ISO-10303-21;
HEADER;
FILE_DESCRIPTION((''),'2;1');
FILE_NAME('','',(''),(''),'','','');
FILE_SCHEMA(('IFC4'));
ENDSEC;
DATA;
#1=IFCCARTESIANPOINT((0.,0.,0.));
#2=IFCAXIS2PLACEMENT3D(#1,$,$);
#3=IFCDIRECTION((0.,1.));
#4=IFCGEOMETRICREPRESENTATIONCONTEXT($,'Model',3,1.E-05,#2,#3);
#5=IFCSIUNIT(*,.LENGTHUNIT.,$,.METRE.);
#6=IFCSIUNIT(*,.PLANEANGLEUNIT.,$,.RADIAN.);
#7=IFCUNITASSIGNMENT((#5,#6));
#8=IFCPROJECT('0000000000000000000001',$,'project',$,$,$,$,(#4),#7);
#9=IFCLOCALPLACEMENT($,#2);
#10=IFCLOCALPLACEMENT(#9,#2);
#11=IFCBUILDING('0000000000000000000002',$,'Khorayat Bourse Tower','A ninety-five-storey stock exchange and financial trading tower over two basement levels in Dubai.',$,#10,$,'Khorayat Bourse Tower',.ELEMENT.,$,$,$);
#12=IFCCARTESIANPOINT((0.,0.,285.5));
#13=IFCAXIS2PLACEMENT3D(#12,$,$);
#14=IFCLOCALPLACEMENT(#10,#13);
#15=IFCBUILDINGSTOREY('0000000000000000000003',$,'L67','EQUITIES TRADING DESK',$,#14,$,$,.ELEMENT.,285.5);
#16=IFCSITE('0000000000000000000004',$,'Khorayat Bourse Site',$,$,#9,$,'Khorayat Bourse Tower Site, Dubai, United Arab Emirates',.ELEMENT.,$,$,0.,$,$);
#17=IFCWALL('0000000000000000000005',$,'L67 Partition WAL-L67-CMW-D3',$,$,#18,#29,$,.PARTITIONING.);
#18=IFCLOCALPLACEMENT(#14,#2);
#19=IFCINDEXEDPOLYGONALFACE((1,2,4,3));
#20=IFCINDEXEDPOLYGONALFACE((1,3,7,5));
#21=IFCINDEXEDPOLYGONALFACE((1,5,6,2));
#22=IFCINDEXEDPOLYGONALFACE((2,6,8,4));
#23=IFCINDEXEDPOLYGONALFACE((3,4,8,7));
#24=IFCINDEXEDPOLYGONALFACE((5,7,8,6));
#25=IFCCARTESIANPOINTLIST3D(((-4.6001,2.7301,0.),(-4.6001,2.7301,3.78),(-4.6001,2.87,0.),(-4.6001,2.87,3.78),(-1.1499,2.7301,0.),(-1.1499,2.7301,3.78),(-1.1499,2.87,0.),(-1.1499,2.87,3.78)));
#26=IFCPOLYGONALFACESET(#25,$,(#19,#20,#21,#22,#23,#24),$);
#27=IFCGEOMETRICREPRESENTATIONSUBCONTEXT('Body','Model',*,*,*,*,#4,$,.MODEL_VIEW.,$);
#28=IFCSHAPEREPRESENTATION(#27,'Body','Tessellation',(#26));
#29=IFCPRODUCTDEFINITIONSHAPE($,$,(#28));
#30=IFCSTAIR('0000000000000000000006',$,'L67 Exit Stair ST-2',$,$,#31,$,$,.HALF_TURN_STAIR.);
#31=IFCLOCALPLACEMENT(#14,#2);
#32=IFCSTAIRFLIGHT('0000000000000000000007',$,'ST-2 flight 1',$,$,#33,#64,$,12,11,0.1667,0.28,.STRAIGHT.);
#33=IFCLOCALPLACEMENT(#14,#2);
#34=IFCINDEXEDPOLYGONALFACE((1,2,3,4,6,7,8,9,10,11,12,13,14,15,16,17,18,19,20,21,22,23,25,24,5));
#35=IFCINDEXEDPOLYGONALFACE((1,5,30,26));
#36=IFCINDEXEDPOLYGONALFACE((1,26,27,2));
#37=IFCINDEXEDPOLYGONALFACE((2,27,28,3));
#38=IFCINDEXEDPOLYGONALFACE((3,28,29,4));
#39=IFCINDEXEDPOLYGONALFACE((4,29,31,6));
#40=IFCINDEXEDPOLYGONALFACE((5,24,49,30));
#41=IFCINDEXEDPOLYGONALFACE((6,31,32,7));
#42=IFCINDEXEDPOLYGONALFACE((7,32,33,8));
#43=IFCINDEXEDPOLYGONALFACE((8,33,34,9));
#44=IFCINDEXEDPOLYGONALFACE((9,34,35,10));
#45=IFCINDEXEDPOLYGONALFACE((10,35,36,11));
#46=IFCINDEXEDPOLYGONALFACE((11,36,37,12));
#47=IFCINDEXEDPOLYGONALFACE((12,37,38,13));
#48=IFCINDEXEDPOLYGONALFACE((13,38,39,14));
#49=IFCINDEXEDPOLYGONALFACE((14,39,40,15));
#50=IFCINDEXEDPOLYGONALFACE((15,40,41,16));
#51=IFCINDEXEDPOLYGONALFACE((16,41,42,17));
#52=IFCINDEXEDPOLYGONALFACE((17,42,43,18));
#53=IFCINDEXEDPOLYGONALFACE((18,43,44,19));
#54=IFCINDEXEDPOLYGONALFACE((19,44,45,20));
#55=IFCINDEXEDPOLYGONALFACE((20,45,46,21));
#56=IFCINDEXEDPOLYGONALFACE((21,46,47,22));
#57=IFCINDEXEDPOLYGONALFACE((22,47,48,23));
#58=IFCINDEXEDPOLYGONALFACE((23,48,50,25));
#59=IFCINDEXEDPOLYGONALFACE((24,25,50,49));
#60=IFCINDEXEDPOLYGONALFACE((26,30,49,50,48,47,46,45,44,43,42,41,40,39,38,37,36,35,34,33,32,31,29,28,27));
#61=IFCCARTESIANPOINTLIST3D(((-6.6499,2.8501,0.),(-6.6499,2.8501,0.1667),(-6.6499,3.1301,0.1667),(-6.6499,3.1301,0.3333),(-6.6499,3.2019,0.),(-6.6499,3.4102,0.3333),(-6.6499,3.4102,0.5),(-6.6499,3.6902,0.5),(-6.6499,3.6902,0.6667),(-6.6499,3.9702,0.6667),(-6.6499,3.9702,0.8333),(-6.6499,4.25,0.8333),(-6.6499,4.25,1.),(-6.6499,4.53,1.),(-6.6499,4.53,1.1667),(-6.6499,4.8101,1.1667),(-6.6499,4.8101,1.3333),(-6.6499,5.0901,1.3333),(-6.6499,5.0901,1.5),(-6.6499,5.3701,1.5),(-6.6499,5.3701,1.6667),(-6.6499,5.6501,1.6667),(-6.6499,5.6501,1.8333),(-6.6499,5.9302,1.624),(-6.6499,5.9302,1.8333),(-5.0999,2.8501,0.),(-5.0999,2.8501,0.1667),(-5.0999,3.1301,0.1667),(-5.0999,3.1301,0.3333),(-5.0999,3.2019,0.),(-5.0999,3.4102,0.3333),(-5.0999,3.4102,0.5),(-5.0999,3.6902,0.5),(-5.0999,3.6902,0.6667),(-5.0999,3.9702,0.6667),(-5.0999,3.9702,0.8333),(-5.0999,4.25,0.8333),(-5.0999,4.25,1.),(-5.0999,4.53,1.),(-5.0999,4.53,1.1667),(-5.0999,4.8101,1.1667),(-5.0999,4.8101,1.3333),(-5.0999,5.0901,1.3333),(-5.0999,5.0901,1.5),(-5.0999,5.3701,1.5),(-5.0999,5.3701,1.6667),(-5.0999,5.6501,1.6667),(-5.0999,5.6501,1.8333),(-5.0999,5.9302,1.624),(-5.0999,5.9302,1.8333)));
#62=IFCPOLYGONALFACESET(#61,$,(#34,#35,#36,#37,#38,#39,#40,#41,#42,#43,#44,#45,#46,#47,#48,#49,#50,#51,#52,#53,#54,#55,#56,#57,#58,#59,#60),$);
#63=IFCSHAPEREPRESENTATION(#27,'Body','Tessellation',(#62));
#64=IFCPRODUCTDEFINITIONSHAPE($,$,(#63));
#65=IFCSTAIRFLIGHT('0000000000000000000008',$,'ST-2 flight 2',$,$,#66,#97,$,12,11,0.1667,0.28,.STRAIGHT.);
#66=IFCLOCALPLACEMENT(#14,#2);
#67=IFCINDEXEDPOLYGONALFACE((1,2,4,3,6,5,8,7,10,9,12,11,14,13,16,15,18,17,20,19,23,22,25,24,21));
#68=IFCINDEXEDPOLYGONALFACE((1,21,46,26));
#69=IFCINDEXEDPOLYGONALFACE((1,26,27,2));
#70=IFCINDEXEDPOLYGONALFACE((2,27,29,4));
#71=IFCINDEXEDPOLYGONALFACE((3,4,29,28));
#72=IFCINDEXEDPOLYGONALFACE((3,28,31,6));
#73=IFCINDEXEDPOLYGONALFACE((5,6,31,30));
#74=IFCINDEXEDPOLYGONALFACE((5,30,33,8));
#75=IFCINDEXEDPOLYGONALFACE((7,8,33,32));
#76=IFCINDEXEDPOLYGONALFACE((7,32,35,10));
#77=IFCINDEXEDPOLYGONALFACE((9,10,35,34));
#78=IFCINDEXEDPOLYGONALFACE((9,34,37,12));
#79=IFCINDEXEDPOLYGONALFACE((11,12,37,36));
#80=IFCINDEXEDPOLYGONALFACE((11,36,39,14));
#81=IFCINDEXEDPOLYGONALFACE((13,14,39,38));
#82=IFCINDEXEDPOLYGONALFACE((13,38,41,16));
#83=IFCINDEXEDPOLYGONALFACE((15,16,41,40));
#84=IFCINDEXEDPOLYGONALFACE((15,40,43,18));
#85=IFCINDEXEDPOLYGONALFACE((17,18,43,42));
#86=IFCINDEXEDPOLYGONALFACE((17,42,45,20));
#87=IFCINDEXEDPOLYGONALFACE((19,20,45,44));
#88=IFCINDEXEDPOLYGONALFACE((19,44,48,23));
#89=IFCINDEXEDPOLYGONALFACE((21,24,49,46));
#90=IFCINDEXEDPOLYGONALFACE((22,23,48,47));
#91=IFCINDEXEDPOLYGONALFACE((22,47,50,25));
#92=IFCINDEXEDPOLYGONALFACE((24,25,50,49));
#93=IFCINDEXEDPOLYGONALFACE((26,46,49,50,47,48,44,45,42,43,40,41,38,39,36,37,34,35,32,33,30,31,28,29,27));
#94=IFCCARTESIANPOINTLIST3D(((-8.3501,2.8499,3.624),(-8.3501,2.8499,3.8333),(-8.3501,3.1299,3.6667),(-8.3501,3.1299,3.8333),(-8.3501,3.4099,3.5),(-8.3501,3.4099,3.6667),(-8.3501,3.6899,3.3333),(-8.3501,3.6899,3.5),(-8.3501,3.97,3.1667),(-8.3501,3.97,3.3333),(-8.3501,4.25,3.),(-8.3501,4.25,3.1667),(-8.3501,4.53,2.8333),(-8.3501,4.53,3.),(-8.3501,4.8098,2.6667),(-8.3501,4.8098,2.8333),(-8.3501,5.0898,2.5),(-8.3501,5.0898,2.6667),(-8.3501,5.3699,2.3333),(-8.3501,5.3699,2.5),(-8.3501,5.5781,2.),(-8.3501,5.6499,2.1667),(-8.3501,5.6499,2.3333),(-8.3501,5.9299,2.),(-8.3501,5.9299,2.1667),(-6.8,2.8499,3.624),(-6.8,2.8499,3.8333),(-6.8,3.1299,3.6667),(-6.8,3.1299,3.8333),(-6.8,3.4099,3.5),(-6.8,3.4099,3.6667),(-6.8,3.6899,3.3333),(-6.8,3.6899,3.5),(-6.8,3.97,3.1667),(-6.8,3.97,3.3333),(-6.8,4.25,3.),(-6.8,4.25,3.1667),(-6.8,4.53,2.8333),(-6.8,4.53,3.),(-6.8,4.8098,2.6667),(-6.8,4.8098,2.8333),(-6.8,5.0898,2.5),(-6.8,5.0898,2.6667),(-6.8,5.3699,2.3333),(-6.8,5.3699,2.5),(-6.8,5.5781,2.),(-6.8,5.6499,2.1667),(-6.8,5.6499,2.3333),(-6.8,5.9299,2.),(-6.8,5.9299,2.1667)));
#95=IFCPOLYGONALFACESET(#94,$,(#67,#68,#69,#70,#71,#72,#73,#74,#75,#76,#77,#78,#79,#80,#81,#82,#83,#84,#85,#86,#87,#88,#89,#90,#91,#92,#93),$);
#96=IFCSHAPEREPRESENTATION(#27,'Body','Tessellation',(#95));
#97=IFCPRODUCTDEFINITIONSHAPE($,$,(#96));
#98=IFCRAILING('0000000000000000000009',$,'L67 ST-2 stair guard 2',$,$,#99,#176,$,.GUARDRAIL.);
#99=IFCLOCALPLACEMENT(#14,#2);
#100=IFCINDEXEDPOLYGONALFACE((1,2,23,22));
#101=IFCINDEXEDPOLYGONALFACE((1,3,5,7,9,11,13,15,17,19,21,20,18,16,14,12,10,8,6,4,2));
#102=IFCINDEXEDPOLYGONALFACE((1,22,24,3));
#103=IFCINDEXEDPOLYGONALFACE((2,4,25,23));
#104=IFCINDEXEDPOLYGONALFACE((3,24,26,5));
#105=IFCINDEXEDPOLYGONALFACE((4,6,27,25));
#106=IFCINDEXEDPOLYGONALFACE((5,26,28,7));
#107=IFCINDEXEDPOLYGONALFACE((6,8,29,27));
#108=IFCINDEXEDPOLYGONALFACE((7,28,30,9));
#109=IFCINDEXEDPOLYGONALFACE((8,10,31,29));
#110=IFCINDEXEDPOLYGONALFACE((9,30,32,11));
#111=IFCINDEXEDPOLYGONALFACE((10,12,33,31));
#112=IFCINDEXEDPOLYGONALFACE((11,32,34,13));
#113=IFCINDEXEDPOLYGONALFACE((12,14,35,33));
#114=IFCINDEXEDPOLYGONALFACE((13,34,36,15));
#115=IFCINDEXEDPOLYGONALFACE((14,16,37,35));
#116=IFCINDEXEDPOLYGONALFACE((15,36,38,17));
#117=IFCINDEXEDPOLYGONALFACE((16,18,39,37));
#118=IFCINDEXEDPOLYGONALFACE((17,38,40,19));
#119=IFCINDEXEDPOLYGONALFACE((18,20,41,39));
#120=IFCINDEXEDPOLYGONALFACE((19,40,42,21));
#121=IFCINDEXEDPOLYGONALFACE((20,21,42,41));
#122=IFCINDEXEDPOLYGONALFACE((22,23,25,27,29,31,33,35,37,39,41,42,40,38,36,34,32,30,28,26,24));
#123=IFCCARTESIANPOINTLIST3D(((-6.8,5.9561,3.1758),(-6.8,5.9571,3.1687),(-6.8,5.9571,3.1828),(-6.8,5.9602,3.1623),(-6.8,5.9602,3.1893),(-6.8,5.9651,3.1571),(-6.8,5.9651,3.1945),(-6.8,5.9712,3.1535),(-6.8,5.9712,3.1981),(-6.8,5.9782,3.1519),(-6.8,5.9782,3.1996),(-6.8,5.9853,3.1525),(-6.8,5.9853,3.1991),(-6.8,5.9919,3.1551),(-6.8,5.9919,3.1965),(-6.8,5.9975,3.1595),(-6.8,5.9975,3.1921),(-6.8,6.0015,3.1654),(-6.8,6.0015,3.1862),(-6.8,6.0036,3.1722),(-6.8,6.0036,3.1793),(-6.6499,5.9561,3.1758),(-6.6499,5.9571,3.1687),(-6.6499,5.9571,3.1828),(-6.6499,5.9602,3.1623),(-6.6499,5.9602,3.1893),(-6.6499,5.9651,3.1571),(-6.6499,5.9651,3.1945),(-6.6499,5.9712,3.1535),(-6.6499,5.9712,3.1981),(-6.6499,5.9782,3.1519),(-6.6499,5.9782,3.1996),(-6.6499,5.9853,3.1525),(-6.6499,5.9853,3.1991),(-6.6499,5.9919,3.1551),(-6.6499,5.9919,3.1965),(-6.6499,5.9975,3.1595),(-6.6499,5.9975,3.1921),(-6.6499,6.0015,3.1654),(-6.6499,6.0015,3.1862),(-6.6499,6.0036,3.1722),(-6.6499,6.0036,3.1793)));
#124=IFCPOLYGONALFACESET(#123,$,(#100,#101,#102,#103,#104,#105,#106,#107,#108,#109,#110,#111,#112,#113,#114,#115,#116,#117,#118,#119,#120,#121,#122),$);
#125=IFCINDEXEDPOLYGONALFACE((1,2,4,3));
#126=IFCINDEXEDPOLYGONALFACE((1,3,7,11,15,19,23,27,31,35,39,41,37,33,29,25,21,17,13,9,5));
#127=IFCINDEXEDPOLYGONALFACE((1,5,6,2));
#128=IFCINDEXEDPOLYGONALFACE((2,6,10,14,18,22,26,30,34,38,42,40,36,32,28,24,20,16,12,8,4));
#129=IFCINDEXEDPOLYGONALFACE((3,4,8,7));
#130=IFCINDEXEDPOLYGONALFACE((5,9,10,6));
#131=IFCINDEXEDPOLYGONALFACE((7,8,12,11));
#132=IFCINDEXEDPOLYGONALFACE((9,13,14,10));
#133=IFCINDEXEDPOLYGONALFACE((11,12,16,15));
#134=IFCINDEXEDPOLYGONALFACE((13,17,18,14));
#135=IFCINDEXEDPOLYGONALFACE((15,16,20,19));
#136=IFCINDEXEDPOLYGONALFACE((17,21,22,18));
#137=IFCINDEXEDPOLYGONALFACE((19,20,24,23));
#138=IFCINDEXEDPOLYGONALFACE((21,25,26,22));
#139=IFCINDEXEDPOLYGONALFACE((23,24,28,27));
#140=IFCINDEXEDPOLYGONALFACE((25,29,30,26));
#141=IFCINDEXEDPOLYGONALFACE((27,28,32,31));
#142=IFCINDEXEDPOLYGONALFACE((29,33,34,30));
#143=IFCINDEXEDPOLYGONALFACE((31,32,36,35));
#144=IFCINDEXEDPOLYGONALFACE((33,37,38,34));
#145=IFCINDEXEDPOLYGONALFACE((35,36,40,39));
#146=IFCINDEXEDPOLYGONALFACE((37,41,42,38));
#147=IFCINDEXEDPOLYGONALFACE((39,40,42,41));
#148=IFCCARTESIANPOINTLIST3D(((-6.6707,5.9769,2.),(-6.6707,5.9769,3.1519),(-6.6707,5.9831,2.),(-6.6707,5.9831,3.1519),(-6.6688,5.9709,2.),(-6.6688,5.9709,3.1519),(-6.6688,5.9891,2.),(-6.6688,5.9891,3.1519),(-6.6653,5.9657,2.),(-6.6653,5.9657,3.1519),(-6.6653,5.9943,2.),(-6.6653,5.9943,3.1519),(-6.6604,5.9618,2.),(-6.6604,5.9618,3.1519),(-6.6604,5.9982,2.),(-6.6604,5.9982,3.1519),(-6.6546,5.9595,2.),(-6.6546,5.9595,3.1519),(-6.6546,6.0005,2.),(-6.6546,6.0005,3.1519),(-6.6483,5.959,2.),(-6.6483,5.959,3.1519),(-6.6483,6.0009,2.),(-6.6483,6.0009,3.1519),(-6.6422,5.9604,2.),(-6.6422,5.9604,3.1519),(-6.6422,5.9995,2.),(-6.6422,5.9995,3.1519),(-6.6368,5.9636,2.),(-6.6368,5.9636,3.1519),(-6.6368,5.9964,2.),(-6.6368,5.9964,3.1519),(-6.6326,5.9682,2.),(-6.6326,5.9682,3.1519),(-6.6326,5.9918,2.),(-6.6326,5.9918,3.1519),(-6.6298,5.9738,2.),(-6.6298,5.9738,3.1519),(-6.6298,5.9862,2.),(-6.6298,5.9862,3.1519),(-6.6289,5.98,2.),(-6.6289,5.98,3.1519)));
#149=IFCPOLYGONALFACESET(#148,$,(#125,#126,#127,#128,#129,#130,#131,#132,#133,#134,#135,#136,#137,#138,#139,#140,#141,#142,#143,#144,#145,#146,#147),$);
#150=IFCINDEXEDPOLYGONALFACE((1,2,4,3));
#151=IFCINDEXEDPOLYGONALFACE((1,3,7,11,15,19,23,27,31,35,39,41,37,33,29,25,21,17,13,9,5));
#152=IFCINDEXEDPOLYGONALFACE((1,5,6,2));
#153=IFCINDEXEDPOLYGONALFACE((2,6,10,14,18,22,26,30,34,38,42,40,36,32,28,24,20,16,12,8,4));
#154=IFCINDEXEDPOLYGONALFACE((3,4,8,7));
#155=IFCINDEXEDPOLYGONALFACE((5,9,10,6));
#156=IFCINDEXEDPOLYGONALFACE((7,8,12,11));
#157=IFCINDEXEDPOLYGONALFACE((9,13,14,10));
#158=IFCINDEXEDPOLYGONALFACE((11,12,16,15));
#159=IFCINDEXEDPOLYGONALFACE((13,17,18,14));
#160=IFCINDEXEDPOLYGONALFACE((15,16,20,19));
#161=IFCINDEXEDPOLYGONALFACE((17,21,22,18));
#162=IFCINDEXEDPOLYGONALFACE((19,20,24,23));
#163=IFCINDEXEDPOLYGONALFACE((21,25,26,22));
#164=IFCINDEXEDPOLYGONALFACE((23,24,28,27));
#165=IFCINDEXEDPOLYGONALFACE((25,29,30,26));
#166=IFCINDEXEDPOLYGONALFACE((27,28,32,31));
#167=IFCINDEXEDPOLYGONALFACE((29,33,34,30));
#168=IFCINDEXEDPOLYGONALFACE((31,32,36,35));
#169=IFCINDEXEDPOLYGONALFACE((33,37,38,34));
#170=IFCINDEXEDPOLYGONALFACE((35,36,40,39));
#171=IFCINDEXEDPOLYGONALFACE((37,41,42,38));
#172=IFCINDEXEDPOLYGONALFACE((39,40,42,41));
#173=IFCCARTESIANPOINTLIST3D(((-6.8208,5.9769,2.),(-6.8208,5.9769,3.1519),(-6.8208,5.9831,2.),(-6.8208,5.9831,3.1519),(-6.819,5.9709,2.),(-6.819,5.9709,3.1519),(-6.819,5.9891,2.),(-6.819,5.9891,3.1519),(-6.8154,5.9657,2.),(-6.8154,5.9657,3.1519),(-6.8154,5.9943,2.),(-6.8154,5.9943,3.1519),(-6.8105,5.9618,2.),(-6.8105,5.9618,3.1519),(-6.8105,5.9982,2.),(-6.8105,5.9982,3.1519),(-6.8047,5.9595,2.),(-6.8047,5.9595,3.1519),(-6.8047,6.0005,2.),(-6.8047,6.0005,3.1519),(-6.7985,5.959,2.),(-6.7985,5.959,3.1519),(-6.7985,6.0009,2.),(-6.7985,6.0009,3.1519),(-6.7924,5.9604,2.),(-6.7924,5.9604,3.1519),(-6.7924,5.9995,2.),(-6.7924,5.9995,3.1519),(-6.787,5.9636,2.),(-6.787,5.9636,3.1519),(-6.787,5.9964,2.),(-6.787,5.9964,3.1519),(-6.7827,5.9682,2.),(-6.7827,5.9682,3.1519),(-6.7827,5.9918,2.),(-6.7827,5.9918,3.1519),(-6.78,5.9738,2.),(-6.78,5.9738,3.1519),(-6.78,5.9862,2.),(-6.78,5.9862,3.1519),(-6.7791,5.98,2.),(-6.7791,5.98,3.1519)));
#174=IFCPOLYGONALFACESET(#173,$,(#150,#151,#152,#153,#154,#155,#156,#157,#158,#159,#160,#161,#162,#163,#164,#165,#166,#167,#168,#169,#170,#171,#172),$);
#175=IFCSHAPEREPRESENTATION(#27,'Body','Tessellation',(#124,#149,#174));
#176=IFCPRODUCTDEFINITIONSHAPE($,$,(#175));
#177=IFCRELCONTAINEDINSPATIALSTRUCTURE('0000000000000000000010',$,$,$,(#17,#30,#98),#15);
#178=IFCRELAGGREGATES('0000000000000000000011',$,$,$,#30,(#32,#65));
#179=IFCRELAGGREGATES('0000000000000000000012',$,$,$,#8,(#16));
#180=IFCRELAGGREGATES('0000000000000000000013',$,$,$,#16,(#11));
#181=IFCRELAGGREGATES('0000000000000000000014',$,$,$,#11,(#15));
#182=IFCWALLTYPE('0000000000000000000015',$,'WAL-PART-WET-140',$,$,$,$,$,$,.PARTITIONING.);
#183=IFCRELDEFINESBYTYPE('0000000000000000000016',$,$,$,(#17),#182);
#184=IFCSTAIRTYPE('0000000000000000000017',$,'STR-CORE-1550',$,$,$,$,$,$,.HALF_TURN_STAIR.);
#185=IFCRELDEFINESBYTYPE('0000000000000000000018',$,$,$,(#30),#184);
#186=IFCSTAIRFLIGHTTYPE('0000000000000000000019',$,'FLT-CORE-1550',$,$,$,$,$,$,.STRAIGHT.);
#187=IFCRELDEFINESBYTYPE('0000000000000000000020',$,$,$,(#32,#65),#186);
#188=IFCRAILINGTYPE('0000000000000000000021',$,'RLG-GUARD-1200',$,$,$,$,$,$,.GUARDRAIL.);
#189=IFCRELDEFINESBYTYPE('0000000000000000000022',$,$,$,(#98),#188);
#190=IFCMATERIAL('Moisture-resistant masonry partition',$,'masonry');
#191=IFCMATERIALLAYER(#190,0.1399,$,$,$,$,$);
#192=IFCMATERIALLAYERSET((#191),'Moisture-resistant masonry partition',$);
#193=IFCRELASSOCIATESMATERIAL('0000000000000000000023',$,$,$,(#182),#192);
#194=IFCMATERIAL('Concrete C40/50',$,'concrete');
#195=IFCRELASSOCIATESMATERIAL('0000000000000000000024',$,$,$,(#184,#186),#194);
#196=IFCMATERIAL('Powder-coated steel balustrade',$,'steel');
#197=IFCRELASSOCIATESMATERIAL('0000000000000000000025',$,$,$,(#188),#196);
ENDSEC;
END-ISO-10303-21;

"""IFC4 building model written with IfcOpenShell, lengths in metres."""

from ifc_helpers import new_model, si_unit, direction, frame, frame_2d, origin, origin_2d, place, context, subcontext, project, spatial, polyline, rectangle, circle, outline, extrude, source, transform, mapped, material, layer, layer_set, type_object, element, aggregate, save


model = new_model("IFC4")

# Units and contexts
model_context = context("Model", 3, precision=1e-05, world=origin(), true_north=direction((0.0, 1.0)))
body_context = subcontext(model_context, "Body", "Model", "MODEL_VIEW")
ifc_project = project(units=[si_unit("LENGTHUNIT", "METRE"), si_unit("PLANEANGLEUNIT", "RADIAN")], contexts=[model_context])

# Site, building, storey
site_placement = place(None, origin())
site = spatial("IfcSite", under=ifc_project, at=site_placement, Name="Khorayat Bourse Site", LongName="Khorayat Bourse Tower Site, Dubai, United Arab Emirates", CompositionType="ELEMENT", RefElevation=0.0)
building_placement = place(site_placement, origin())
building = spatial("IfcBuilding", under=site, at=building_placement, Name="Khorayat Bourse Tower", Description="A ninety-five-storey stock exchange and financial trading tower over two basement levels in Dubai.", LongName="Khorayat Bourse Tower", CompositionType="ELEMENT")
storey_placement = place(building_placement, frame((0.0, 0.0, 285.5)))
storey = spatial("IfcBuildingStorey", under=building, at=storey_placement, Name="L67", Description="EQUITIES TRADING DESK", CompositionType="ELEMENT", Elevation=285.5)

# Wall
ifc_material_1 = material(Name="Moisture-resistant masonry partition", Category="masonry")
ifc_layer_1 = layer(ifc_material_1, 0.1399)
ifc_layer_set_1 = layer_set([ifc_layer_1], Name="Moisture-resistant masonry partition")
wall_type_1 = type_object("IfcWallType", Name="WAL-PART-WET-140", PredefinedType="PARTITIONING", material=ifc_layer_set_1)
shared_shape_1 = source(origin(), body_context, "Body", "SweptSolid", [
    extrude(rectangle(XDim=3.4502, YDim=0.1399, at=frame_2d((1.7251, 0.0))), origin(), (0.0, 0.0, 1.0), 3.78),
])
for number, where, z_axis, x_axis, name in (
    (1, (-4.6001, 2.8, 0.0), (0.0, 0.0, 1.0), (1.0, 0.0, 0.0), "L67 Partition WAL-L67-CMW-D3"),
):
    element("IfcWall", number, at=place(storey_placement, frame(where, z_axis=z_axis, x_axis=x_axis)), inside=storey, type_object=wall_type_1, Name=name, PredefinedType="PARTITIONING", context=body_context, shape_type="MappedRepresentation", body=[
        mapped(shared_shape_1, transform((0.0, 0.0, 0.0), scale=1.0)),
    ])

# Stair, stair flights
ifc_material_2 = material(Name="Concrete C40/50", Category="concrete")
stair_type = type_object("IfcStairType", Name="STR-CORE-1550", PredefinedType="HALF_TURN_STAIR", material=ifc_material_2)
stair_placement = place(storey_placement, origin())
stair = element("IfcStair", 2, at=stair_placement, inside=storey, type_object=stair_type, Name="L67 Exit Stair ST-2", PredefinedType="HALF_TURN_STAIR")
stair_flight_type = type_object("IfcStairFlightType", Name="FLT-CORE-1550", PredefinedType="STRAIGHT", material=ifc_material_2)
shared_shape_2 = source(origin(), body_context, "Body", "SweptSolid", [
    extrude(outline(polyline([(0.0, 0.0), (0.0, 0.1667), (0.28, 0.1667), (0.28, 0.3333), (0.5601, 0.3333), (0.5601, 0.5), (0.8401, 0.5), (0.8401, 0.6667), (1.1201, 0.6667), (1.1201, 0.8333), (1.3999, 0.8333), (1.3999, 1.0), (1.6799, 1.0), (1.6799, 1.1667), (1.96, 1.1667), (1.96, 1.3333), (2.24, 1.3333), (2.24, 1.5), (2.52, 1.5), (2.52, 1.6667), (2.8, 1.6667), (2.8, 1.8333), (3.0801, 1.8333), (3.0801, 2.0), (3.0801, 1.624), (0.3518, 0.0), (0.0, 0.0)])), frame((0.0, 0.7749, 0.0), z_axis=(0.0, -1.0, 0.0), x_axis=(1.0, 0.0, 0.0)), (0.0, 0.0, 1.0), 1.55),
])
stair_flight_1_placement = place(storey_placement, frame((-5.875, 2.8501, 0.0), z_axis=(0.0, 0.0, 1.0), x_axis=(0.0, 1.0, 0.0)))
stair_flight_1 = element("IfcStairFlight", 3, at=stair_flight_1_placement, type_object=stair_flight_type, Name="ST-2 flight 1", NumberOfRisers=12, NumberOfTreads=11, PredefinedType="STRAIGHT", RiserHeight=0.1667, TreadLength=0.28, context=body_context, shape_type="MappedRepresentation", body=[
    mapped(shared_shape_2, transform((0.0, 0.0, 0.0), scale=1.0)),
])
stair_flight_2_placement = place(storey_placement, frame((-7.575, 5.9299, 2.0), z_axis=(0.0, 0.0, 1.0), x_axis=(0.0, -1.0, 0.0)))
stair_flight_2 = element("IfcStairFlight", 4, at=stair_flight_2_placement, type_object=stair_flight_type, Name="ST-2 flight 2", NumberOfRisers=12, NumberOfTreads=11, PredefinedType="STRAIGHT", RiserHeight=0.1667, TreadLength=0.28, context=body_context, shape_type="MappedRepresentation", body=[
    mapped(shared_shape_2, transform((0.0, 0.0, 0.0), scale=1.0)),
])
aggregate(stair, [stair_flight_1, stair_flight_2])

# Railing
ifc_material_3 = material(Name="Powder-coated steel balustrade", Category="steel")
railing_type_1 = type_object("IfcRailingType", Name="RLG-GUARD-1200", PredefinedType="GUARDRAIL", material=ifc_material_3)
shared_shape_3 = source(origin(), body_context, "Body", "SweptSolid", [
    extrude(circle(Radius=0.0239, at=origin_2d()), frame((0.0, 0.0, 1.1758), z_axis=(-1.0, 0.0, 0.0), x_axis=(0.0, -1.0, 0.0)), (0.0, 0.0, 1.0), 0.1501),
    extrude(circle(Radius=0.021, at=origin_2d()), origin(), (0.0, 0.0, 1.0), 1.1519),
    extrude(circle(Radius=0.021, at=origin_2d()), frame((-0.1501, 0.0, 0.0)), (0.0, 0.0, 1.0), 1.1519),
])
for number, where, name in (
    (5, (-6.6499, 5.98, 2.0), "L67 ST-2 stair guard 2"),
):
    element("IfcRailing", number, at=place(storey_placement, frame(where)), inside=storey, type_object=railing_type_1, Name=name, PredefinedType="GUARDRAIL", context=body_context, shape_type="MappedRepresentation", body=[
        mapped(shared_shape_3, transform((0.0, 0.0, 0.0), scale=1.0)),
    ])

save(model, "model.ifc")
